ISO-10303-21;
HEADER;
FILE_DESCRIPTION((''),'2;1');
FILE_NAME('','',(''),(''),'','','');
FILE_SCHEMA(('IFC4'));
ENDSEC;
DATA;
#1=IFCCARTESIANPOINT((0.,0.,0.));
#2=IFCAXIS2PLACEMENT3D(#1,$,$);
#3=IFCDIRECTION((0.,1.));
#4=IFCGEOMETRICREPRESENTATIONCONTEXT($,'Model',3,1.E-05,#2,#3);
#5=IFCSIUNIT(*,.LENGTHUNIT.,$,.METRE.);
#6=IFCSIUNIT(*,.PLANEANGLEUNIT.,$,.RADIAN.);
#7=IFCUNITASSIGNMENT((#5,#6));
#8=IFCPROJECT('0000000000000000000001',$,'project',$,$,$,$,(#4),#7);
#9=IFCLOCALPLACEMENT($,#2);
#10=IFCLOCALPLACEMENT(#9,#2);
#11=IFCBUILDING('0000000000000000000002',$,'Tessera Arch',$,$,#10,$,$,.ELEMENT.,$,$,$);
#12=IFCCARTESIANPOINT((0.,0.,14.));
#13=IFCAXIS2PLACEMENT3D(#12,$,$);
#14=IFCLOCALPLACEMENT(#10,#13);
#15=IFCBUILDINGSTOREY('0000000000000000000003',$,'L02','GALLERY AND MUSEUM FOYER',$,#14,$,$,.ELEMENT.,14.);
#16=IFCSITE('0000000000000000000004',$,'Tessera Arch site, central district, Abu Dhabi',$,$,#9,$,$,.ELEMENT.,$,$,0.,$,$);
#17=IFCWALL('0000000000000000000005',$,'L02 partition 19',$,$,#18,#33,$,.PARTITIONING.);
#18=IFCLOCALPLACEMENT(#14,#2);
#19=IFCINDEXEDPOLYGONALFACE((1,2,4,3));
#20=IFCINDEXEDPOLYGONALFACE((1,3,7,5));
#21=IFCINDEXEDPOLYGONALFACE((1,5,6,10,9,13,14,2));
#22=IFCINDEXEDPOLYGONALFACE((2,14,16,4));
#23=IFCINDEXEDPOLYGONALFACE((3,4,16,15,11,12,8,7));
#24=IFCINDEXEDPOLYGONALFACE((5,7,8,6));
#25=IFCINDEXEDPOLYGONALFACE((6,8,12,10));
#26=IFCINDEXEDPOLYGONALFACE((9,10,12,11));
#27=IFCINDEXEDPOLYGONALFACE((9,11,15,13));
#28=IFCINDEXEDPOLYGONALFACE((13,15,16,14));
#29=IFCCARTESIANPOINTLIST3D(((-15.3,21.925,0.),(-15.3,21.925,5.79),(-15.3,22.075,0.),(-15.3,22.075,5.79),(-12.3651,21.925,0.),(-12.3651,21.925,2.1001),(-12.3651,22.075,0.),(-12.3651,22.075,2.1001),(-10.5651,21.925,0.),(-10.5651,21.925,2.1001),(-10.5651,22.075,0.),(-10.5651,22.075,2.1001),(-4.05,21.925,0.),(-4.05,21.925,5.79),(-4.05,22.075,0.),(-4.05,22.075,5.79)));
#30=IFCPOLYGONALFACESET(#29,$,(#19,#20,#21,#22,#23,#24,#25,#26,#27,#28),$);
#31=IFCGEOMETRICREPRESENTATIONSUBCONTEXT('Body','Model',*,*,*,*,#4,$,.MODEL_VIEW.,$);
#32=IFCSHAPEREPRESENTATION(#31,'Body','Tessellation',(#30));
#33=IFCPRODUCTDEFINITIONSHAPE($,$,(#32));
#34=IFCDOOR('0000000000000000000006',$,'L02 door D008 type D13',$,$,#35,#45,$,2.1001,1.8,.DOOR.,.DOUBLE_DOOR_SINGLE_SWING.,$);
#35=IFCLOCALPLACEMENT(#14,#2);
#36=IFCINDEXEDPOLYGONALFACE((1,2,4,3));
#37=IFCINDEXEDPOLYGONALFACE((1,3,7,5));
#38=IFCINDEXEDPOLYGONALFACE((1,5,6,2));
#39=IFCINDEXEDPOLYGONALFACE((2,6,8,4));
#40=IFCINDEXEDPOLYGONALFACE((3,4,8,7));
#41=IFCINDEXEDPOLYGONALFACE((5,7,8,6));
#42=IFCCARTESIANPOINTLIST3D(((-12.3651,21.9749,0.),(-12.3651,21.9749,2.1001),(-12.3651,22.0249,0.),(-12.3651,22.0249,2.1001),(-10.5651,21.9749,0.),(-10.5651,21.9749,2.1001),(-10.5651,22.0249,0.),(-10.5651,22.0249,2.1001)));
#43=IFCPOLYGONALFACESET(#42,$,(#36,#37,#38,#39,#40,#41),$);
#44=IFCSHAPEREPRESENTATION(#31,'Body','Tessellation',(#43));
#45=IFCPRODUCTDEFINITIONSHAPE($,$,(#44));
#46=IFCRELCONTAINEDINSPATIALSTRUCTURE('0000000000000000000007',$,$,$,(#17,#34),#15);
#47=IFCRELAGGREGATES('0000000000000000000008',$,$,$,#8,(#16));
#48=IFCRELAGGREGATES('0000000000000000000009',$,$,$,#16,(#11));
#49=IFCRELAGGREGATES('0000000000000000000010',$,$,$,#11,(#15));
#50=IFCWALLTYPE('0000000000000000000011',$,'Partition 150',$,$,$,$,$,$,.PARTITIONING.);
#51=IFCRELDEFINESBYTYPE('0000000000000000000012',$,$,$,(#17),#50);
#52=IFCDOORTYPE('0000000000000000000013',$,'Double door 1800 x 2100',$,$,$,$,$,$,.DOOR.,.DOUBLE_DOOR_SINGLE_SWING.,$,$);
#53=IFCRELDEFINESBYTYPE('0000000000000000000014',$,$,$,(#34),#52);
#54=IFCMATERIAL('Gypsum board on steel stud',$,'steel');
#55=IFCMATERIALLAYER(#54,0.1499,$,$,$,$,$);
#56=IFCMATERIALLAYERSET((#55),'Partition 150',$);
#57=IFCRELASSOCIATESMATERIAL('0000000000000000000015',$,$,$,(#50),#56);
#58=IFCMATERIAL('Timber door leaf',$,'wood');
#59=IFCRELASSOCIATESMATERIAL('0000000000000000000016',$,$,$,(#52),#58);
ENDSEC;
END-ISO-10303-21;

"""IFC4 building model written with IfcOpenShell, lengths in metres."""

from ifc_helpers import new_model, si_unit, direction, frame, frame_2d, origin, place, context, subcontext, project, spatial, rectangle, extrude, material, layer, layer_set, type_object, element, fill, save


model = new_model("IFC4")

# Units and contexts
model_context = context("Model", 3, precision=1e-05, world=origin(), true_north=direction((0.0, 1.0)))
body_context = subcontext(model_context, "Body", "Model", "MODEL_VIEW")
ifc_project = project(units=[si_unit("LENGTHUNIT", "METRE"), si_unit("PLANEANGLEUNIT", "RADIAN")], contexts=[model_context])

# Site, building, storey
site_placement = place(None, origin())
site = spatial("IfcSite", under=ifc_project, at=site_placement, Name="Tessera Arch site, central district, Abu Dhabi", CompositionType="ELEMENT", RefElevation=0.0)
building_placement = place(site_placement, origin())
building = spatial("IfcBuilding", under=site, at=building_placement, Name="Tessera Arch", CompositionType="ELEMENT")
storey_placement = place(building_placement, frame((0.0, 0.0, 14.0)))
storey = spatial("IfcBuildingStorey", under=building, at=storey_placement, Name="L02", Description="GALLERY AND MUSEUM FOYER", CompositionType="ELEMENT", Elevation=14.0)

# Wall, opening, door
ifc_material_1 = material(Name="Gypsum board on steel stud", Category="steel")
ifc_layer_1 = layer(ifc_material_1, 0.1499)
ifc_layer_set_1 = layer_set([ifc_layer_1], Name="Partition 150")
wall_type = type_object("IfcWallType", Name="Partition 150", PredefinedType="PARTITIONING", material=ifc_layer_set_1)
wall_placement = place(storey_placement, frame((-15.3, 22.0, 0.0), z_axis=(0.0, 0.0, 1.0), x_axis=(1.0, 0.0, 0.0)))
wall = element("IfcWall", 1, at=wall_placement, inside=storey, type_object=wall_type, Name="L02 partition 19", PredefinedType="PARTITIONING", context=body_context, shape_type="SweptSolid", body=[
    extrude(rectangle(XDim=11.25, YDim=0.1499, at=frame_2d((5.625, 0.0))), origin(), (0.0, 0.0, 1.0), 5.79),
])
opening_placement = place(wall_placement, frame((2.9351, 0.0, 0.0)))
opening = element("IfcOpeningElement", 2, at=opening_placement, cuts=wall, PredefinedType="OPENING", context=body_context, shape_type="SweptSolid", body=[
    extrude(rectangle(XDim=1.8, YDim=2.1001, at=frame_2d((0.8999, 1.05))), frame((0.0, 0.085, 0.0), z_axis=(0.0, -1.0, 0.0), x_axis=(1.0, 0.0, 0.0)), (0.0, 0.0, 1.0), 0.1699),
])
ifc_material_2 = material(Name="Timber door leaf", Category="wood")
door_type = type_object("IfcDoorType", Name="Double door 1800 x 2100", OperationType="DOUBLE_DOOR_SINGLE_SWING", PredefinedType="DOOR", material=ifc_material_2)
door_placement = place(opening_placement, origin())
door = element("IfcDoor", 3, at=door_placement, inside=storey, type_object=door_type, Name="L02 door D008 type D13", OperationType="DOUBLE_DOOR_SINGLE_SWING", OverallHeight=2.1001, OverallWidth=1.8, PredefinedType="DOOR", context=body_context, shape_type="SweptSolid", body=[
    extrude(rectangle(XDim=1.8, YDim=2.1001, at=frame_2d((0.8999, 1.05))), frame((0.0, 0.0249, 0.0), z_axis=(0.0, -1.0, 0.0), x_axis=(1.0, 0.0, 0.0)), (0.0, 0.0, 1.0), 0.05),
])
fill(opening, door)

save(model, "model.ifc")
